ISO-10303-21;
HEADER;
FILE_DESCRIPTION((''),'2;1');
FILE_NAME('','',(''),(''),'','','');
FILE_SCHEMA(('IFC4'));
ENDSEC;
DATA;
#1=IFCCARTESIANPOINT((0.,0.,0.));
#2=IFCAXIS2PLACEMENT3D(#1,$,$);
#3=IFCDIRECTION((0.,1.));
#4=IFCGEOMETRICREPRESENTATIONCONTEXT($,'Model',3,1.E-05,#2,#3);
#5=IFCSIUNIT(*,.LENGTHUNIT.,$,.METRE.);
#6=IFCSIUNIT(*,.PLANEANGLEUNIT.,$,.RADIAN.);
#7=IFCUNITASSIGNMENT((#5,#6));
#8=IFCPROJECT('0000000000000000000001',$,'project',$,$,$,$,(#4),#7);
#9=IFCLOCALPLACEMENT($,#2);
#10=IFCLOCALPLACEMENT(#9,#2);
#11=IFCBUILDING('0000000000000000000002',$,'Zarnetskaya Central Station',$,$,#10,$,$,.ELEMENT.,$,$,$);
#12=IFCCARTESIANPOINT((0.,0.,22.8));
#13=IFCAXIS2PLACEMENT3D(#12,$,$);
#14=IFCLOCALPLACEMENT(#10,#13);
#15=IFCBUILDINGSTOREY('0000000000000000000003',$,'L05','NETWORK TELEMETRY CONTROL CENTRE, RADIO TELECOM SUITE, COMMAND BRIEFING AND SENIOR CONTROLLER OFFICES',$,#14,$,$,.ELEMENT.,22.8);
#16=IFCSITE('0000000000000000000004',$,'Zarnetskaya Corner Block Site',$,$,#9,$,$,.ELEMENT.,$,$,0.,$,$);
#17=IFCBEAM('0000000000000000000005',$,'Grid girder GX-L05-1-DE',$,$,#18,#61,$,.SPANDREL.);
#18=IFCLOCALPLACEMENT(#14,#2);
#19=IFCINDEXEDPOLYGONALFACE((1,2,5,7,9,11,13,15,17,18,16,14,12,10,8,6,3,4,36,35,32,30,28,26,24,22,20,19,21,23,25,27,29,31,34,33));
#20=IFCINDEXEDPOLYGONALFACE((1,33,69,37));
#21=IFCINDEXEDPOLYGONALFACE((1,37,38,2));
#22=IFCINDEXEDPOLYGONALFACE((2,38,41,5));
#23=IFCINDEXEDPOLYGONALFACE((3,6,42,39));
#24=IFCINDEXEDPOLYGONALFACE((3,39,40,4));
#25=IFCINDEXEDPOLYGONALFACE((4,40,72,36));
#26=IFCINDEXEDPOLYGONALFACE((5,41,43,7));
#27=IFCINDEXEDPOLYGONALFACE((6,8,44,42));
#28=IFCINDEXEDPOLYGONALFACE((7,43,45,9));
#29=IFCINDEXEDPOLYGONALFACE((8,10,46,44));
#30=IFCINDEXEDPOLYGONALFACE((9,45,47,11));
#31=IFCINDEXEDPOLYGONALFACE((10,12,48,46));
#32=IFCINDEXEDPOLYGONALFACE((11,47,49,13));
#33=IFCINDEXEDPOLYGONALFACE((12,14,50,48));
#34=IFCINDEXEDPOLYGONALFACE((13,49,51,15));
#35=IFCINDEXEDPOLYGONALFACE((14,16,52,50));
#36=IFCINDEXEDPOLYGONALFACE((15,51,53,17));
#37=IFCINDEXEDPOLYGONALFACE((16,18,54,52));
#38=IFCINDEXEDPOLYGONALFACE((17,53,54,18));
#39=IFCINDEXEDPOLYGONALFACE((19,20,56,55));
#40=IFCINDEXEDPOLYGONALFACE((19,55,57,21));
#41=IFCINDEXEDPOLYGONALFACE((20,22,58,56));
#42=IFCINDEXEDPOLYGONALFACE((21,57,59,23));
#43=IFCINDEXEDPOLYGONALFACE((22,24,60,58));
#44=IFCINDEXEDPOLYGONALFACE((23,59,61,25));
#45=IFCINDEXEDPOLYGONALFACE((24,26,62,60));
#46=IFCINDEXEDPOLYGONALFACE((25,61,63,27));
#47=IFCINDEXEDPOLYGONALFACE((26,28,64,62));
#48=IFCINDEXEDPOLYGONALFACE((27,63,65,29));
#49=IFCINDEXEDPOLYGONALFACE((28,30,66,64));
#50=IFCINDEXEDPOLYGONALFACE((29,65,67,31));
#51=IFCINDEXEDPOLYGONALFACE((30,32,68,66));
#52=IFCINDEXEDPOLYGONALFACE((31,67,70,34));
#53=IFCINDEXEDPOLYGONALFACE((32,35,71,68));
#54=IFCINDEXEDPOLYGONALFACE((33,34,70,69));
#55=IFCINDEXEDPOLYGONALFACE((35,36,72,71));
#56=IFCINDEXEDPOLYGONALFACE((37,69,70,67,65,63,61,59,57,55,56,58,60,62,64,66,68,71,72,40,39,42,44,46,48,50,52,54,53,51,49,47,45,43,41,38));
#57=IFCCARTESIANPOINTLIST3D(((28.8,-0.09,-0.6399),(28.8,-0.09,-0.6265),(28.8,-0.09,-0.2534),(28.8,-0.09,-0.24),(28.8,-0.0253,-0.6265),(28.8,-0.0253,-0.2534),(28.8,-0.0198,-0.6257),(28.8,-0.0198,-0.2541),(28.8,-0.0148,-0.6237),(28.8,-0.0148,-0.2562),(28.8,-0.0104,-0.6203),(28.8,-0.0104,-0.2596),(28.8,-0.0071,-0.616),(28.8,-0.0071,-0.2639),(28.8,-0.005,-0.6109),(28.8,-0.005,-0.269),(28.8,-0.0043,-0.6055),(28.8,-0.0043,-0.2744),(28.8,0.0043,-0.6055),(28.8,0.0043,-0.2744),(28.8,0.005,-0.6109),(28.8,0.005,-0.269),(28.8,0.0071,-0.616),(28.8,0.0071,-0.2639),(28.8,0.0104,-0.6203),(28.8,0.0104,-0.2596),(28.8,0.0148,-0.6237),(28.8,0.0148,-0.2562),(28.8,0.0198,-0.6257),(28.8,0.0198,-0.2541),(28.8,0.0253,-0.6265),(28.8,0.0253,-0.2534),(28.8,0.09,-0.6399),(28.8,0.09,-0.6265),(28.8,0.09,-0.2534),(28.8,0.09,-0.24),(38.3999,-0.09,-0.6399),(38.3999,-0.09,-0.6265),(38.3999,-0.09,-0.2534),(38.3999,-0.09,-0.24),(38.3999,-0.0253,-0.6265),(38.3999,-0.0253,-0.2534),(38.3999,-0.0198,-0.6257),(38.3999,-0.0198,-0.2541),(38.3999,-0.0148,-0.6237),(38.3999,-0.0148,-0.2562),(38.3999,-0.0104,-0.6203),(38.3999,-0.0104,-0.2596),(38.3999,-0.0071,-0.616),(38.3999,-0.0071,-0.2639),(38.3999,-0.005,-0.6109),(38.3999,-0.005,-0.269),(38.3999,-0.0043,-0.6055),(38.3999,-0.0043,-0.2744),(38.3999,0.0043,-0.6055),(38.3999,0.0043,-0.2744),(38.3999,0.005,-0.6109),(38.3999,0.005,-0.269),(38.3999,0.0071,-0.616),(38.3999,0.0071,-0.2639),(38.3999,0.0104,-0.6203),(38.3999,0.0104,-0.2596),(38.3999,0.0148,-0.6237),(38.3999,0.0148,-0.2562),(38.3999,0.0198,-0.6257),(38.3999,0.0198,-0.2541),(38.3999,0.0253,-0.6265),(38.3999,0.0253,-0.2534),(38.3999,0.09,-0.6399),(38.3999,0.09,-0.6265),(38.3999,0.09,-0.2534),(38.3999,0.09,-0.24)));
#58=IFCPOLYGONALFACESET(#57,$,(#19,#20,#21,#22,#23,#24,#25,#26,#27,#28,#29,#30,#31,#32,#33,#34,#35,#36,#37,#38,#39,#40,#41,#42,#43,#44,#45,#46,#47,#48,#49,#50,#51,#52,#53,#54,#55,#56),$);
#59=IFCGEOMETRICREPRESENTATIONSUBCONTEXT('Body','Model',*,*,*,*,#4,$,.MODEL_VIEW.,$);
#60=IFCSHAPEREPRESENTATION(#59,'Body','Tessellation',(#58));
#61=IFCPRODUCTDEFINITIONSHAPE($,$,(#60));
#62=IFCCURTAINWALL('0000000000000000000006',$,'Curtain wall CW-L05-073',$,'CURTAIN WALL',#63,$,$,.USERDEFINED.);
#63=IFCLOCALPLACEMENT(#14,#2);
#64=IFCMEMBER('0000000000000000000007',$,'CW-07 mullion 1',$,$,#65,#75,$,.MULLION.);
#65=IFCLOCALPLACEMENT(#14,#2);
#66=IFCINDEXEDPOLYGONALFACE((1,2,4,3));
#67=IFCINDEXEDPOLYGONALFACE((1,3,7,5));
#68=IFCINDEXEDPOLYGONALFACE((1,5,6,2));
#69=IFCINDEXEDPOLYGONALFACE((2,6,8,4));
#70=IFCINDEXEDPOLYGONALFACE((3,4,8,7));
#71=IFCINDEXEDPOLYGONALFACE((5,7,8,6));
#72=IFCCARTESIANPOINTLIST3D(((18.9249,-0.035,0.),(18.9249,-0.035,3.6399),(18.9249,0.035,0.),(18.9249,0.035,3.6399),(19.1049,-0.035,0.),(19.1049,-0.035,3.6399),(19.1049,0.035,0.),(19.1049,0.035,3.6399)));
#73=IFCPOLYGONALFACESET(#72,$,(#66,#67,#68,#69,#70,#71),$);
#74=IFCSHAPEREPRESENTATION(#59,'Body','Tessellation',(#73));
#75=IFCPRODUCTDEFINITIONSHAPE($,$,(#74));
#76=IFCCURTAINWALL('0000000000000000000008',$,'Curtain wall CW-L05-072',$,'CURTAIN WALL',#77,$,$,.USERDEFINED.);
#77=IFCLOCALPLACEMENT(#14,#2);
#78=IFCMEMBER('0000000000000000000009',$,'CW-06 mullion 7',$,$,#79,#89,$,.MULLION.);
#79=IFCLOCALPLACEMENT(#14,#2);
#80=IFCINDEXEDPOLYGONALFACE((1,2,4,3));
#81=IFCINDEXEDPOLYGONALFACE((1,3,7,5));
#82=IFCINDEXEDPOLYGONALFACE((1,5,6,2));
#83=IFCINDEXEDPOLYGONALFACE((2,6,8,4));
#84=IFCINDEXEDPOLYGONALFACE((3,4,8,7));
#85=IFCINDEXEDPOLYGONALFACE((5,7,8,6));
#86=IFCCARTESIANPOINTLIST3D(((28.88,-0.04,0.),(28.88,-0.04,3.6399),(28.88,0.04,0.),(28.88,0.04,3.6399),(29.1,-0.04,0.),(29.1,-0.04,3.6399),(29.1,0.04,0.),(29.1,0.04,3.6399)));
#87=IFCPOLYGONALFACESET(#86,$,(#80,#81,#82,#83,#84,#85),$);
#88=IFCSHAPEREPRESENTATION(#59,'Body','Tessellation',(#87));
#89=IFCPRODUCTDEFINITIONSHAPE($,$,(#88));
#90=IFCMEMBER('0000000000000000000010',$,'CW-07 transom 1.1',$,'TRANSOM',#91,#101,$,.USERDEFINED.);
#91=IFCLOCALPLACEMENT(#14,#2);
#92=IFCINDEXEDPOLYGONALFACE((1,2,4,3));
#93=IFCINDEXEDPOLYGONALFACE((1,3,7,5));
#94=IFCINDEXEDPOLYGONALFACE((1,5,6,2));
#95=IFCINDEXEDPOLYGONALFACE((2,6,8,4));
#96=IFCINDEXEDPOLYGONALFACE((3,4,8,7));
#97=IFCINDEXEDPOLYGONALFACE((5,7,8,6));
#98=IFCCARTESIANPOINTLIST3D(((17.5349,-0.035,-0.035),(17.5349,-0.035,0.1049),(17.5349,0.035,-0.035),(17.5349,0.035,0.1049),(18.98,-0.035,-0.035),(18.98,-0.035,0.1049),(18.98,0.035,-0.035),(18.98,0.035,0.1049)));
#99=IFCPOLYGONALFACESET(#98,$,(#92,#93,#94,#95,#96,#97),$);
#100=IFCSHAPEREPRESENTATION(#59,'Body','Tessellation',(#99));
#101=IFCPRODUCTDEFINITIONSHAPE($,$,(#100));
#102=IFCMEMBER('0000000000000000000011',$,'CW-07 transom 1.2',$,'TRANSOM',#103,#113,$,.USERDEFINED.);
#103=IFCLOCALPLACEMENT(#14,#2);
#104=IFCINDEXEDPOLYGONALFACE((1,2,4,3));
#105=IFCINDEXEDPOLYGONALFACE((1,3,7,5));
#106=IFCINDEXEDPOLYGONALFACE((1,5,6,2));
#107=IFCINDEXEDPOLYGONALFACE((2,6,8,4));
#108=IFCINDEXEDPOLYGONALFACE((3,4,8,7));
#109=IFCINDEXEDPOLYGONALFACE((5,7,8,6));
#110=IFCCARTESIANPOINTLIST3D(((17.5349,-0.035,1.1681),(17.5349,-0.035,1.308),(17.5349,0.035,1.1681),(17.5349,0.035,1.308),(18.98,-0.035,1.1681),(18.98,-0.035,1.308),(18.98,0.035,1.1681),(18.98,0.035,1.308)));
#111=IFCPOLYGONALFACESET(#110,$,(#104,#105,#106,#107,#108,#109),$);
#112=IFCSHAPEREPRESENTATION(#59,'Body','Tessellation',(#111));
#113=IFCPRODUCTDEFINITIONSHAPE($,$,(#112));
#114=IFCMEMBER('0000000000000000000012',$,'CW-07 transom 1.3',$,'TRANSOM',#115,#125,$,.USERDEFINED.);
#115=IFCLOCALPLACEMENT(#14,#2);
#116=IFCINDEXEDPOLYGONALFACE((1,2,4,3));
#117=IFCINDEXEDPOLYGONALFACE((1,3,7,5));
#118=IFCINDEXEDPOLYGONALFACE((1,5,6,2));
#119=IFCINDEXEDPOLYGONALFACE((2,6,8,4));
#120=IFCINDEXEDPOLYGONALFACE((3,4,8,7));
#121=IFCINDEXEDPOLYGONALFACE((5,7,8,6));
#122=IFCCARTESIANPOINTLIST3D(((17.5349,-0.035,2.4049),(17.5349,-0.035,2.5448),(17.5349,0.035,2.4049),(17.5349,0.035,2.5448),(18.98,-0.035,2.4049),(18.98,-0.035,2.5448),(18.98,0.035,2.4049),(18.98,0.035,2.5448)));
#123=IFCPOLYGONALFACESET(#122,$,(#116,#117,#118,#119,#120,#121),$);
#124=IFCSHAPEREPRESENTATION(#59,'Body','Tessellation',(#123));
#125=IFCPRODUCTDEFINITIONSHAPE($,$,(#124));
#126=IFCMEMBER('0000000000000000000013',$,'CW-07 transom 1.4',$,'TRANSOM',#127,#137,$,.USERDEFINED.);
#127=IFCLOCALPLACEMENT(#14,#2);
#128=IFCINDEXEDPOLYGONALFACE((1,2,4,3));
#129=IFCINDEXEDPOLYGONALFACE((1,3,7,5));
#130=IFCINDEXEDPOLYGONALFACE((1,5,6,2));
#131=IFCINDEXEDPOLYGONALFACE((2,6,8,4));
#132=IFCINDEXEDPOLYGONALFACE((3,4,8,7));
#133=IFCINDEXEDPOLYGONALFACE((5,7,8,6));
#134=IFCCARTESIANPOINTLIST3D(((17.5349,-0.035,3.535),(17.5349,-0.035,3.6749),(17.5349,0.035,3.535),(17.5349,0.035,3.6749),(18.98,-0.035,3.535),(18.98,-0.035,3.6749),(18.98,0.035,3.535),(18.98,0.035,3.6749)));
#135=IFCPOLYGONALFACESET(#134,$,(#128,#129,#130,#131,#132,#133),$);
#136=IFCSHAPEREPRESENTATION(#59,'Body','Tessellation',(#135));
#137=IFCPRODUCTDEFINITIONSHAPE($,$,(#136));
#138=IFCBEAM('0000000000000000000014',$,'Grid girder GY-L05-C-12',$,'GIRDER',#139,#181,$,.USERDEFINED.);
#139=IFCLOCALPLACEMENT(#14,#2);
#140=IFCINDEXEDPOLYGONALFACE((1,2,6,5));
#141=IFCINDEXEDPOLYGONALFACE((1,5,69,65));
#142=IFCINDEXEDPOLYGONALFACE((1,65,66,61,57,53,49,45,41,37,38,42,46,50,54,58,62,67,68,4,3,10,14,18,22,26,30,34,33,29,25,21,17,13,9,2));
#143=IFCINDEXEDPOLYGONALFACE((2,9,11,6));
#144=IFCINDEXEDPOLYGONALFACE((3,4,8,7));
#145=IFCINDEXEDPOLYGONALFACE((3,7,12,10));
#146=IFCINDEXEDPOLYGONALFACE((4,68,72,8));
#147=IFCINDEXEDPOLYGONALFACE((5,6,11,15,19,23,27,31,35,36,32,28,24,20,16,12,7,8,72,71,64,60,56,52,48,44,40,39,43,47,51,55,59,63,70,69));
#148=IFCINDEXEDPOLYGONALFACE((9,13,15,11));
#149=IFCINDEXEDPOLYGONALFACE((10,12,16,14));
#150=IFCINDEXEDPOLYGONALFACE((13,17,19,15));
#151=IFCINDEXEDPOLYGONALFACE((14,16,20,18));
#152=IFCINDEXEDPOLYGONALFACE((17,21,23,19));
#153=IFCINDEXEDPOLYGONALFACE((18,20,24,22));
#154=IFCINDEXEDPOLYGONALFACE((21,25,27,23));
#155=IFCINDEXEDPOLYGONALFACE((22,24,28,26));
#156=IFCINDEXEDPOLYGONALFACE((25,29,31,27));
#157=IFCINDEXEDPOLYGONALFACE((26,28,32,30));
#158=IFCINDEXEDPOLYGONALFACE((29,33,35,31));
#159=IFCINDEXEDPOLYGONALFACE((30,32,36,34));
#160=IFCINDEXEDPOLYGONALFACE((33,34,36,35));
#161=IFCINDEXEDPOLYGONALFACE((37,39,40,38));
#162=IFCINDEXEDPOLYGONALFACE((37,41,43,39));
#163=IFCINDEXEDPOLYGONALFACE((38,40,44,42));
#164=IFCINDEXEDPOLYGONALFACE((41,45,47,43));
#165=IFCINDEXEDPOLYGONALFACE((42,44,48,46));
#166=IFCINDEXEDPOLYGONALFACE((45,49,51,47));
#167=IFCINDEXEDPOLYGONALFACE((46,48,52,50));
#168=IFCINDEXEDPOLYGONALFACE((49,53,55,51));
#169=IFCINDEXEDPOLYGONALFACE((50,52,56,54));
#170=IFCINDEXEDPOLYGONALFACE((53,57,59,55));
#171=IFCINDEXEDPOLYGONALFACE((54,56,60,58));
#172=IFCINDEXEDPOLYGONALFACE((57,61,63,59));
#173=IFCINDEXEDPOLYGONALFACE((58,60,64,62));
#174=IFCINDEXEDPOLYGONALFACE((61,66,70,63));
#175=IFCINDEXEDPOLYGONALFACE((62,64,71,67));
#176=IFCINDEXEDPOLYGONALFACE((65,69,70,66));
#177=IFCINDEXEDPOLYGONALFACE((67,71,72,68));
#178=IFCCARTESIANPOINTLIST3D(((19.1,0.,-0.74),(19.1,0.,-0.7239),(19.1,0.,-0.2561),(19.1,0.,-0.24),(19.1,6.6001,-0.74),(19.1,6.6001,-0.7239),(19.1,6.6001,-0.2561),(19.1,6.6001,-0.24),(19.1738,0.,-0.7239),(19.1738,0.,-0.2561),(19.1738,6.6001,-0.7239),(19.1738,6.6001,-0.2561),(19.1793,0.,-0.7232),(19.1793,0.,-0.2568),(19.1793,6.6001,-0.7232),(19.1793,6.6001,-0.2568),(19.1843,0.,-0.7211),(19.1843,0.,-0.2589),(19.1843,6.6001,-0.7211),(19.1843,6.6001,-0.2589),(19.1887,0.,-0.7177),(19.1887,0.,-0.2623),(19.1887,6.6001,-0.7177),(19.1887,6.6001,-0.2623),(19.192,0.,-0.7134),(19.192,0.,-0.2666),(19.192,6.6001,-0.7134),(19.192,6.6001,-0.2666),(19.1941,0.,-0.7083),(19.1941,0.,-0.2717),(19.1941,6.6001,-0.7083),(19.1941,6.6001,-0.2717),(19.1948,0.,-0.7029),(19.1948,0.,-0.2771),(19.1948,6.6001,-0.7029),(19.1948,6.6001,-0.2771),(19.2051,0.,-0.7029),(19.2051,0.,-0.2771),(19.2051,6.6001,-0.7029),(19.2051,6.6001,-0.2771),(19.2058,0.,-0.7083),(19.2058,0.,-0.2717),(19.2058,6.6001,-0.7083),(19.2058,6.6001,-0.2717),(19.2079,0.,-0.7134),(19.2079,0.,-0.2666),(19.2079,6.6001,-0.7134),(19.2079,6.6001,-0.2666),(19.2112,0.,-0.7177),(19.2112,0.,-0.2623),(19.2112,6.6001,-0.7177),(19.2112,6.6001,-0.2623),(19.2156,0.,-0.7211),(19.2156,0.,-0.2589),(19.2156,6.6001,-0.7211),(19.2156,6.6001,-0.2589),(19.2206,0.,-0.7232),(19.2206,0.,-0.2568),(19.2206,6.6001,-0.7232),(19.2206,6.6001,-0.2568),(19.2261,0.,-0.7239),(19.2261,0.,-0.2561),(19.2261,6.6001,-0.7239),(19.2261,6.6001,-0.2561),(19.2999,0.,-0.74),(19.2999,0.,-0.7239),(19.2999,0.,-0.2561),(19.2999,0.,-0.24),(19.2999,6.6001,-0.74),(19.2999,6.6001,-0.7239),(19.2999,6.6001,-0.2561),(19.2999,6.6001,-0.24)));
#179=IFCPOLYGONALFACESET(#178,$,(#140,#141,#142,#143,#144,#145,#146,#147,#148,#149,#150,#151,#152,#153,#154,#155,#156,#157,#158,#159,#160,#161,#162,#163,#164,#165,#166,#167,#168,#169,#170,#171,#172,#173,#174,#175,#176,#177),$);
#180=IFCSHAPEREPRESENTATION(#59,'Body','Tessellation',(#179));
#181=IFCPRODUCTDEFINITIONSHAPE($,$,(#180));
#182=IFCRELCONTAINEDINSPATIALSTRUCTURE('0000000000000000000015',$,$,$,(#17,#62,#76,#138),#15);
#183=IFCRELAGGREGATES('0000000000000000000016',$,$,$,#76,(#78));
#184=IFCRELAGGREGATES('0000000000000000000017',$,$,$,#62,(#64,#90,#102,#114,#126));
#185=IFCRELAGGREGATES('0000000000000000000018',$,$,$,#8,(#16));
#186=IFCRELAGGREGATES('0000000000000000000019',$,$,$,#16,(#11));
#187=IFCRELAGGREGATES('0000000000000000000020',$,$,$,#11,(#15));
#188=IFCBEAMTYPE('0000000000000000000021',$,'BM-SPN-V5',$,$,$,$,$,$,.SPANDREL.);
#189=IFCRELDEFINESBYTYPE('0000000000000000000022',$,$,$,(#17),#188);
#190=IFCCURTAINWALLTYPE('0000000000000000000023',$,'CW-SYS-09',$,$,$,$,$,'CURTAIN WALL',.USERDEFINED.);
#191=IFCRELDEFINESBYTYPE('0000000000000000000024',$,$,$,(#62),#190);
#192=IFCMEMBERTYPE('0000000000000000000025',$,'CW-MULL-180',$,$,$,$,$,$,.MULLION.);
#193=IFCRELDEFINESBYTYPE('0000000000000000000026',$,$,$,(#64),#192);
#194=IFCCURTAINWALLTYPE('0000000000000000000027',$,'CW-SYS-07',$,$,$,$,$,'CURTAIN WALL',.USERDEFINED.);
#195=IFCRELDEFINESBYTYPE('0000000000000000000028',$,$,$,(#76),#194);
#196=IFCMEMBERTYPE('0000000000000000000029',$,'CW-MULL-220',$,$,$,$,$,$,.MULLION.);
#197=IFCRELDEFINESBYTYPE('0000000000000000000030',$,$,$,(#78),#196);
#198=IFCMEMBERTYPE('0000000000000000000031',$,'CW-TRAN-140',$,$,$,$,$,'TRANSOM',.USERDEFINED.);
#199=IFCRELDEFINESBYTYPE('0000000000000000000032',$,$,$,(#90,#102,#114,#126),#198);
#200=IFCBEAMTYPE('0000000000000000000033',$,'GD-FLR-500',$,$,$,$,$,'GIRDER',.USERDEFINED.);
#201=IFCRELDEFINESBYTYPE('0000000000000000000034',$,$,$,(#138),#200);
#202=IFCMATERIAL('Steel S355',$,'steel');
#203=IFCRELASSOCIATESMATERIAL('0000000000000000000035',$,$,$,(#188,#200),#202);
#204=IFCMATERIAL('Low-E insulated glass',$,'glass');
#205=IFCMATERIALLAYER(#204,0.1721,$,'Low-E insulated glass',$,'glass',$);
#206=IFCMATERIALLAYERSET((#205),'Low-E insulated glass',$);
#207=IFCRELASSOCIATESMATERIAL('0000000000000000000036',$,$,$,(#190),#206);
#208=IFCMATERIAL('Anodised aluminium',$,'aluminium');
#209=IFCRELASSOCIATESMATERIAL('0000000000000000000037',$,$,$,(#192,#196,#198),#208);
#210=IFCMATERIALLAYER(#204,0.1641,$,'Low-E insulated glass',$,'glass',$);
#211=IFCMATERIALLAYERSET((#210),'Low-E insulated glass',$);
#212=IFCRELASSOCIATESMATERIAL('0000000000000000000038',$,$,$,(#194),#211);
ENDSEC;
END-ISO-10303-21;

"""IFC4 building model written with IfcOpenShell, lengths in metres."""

from ifc_helpers import new_model, si_unit, direction, frame, origin, origin_2d, place, context, subcontext, project, spatial, rectangle, i_section, extrude, material, layer, layer_set, material_profile, profile_set, type_object, element, aggregate, save


model = new_model("IFC4")

# Units and contexts
model_context = context("Model", 3, precision=1e-05, world=origin(), true_north=direction((0.0, 1.0)))
body_context = subcontext(model_context, "Body", "Model", "MODEL_VIEW")
ifc_project = project(units=[si_unit("LENGTHUNIT", "METRE"), si_unit("PLANEANGLEUNIT", "RADIAN")], contexts=[model_context])

# Site, building, storey
site_placement = place(None, origin())
site = spatial("IfcSite", under=ifc_project, at=site_placement, Name="Zarnetskaya Corner Block Site", CompositionType="ELEMENT", RefElevation=0.0)
building_placement = place(site_placement, origin())
building = spatial("IfcBuilding", under=site, at=building_placement, Name="Zarnetskaya Central Station", CompositionType="ELEMENT")
storey_placement = place(building_placement, frame((0.0, 0.0, 22.8)))
storey = spatial("IfcBuildingStorey", under=building, at=storey_placement, Name="L05", Description="NETWORK TELEMETRY CONTROL CENTRE, RADIO TELECOM SUITE, COMMAND BRIEFING AND SENIOR CONTROLLER OFFICES", CompositionType="ELEMENT", Elevation=22.8)

# Shared definitions
ifc_material_1 = material(Name="Steel S355", Category="steel")

# Beam
ifc_material_profile_1 = material_profile(ifc_material_1, i_section(OverallWidth=0.1799, OverallDepth=0.3999, WebThickness=0.0085, FlangeThickness=0.0134, FilletRadius=0.021, at=origin_2d()), Name="IPE 400")
ifc_profile_set_1 = profile_set([ifc_material_profile_1], Name="Steel S355")
beam_type_1 = type_object("IfcBeamType", Name="BM-SPN-V5", PredefinedType="SPANDREL", material=ifc_profile_set_1)
beam_1_placement = place(storey_placement, frame((28.8, 0.0, -0.4399), z_axis=(1.0, 0.0, 0.0), x_axis=(0.0, 1.0, 0.0)))
element("IfcBeam", 1, at=beam_1_placement, inside=storey, type_object=beam_type_1, Name="Grid girder GX-L05-1-DE", PredefinedType="SPANDREL", context=body_context, shape_type="SweptSolid", body=[
    extrude(i_section(OverallWidth=0.1799, OverallDepth=0.3999, WebThickness=0.0085, FlangeThickness=0.0134, FilletRadius=0.021, at=origin_2d()), origin(), (0.0, 0.0, 1.0), 9.5999),
])

# Curtain walls, members
ifc_material_2 = material(Name="Low-E insulated glass", Category="glass")
ifc_layer_1 = layer(ifc_material_2, 0.1721, Name="Low-E insulated glass", Category="glass")
ifc_layer_set_1 = layer_set([ifc_layer_1], Name="Low-E insulated glass")
curtain_wall_type_1 = type_object("IfcCurtainWallType", Name="CW-SYS-09", ElementType="CURTAIN WALL", PredefinedType="USERDEFINED", material=ifc_layer_set_1)
curtain_wall_1_placement = place(storey_placement, origin())
curtain_wall_1 = element("IfcCurtainWall", 2, at=curtain_wall_1_placement, inside=storey, type_object=curtain_wall_type_1, Name="Curtain wall CW-L05-073", ObjectType="CURTAIN WALL", PredefinedType="USERDEFINED")
ifc_material_3 = material(Name="Anodised aluminium", Category="aluminium")
ifc_material_profile_2 = material_profile(ifc_material_3, rectangle(XDim=0.0701, YDim=0.1799, at=origin_2d()), Name="ALU MULL 70x180")
ifc_profile_set_2 = profile_set([ifc_material_profile_2], Name="Anodised aluminium")
member_type_1 = type_object("IfcMemberType", Name="CW-MULL-180", PredefinedType="MULLION", material=ifc_profile_set_2)
member_1_placement = place(storey_placement, frame((19.0149, 0.0, 0.0), z_axis=(0.0, 0.0, 1.0), x_axis=(0.0, -1.0, 0.0)))
member_1 = element("IfcMember", 3, at=member_1_placement, type_object=member_type_1, Name="CW-07 mullion 1", PredefinedType="MULLION", context=body_context, shape_type="SweptSolid", body=[
    extrude(rectangle(XDim=0.0701, YDim=0.1799, at=origin_2d()), origin(), (0.0, 0.0, 1.0), 3.6399),
])
ifc_layer_2 = layer(ifc_material_2, 0.1641, Name="Low-E insulated glass", Category="glass")
ifc_layer_set_2 = layer_set([ifc_layer_2], Name="Low-E insulated glass")
curtain_wall_type_2 = type_object("IfcCurtainWallType", Name="CW-SYS-07", ElementType="CURTAIN WALL", PredefinedType="USERDEFINED", material=ifc_layer_set_2)
curtain_wall_2_placement = place(storey_placement, origin())
curtain_wall_2 = element("IfcCurtainWall", 4, at=curtain_wall_2_placement, inside=storey, type_object=curtain_wall_type_2, Name="Curtain wall CW-L05-072", ObjectType="CURTAIN WALL", PredefinedType="USERDEFINED")
ifc_material_profile_3 = material_profile(ifc_material_3, rectangle(XDim=0.0801, YDim=0.22, at=origin_2d()), Name="ALU MULL 80x220")
ifc_profile_set_3 = profile_set([ifc_material_profile_3], Name="Anodised aluminium")
member_type_2 = type_object("IfcMemberType", Name="CW-MULL-220", PredefinedType="MULLION", material=ifc_profile_set_3)
member_2_placement = place(storey_placement, frame((28.99, 0.0, 0.0), z_axis=(0.0, 0.0, 1.0), x_axis=(0.0, -1.0, 0.0)))
member_2 = element("IfcMember", 5, at=member_2_placement, type_object=member_type_2, Name="CW-06 mullion 7", PredefinedType="MULLION", context=body_context, shape_type="SweptSolid", body=[
    extrude(rectangle(XDim=0.0801, YDim=0.22, at=origin_2d()), origin(), (0.0, 0.0, 1.0), 3.6399),
])
aggregate(curtain_wall_2, [member_2])

# Members
ifc_material_profile_4 = material_profile(ifc_material_3, rectangle(XDim=0.0701, YDim=0.1399, at=origin_2d()), Name="ALU TRAN 70x140")
ifc_profile_set_4 = profile_set([ifc_material_profile_4], Name="Anodised aluminium")
member_type_3 = type_object("IfcMemberType", Name="CW-TRAN-140", ElementType="TRANSOM", PredefinedType="USERDEFINED", material=ifc_profile_set_4)
member_3_placement = place(storey_placement, frame((18.98, 0.0, 0.0349), z_axis=(-1.0, 0.0, 0.0), x_axis=(0.0, -1.0, 0.0)))
member_3 = element("IfcMember", 6, at=member_3_placement, type_object=member_type_3, Name="CW-07 transom 1.1", ObjectType="TRANSOM", PredefinedType="USERDEFINED", context=body_context, shape_type="SweptSolid", body=[
    extrude(rectangle(XDim=0.0701, YDim=0.1399, at=origin_2d()), origin(), (0.0, 0.0, 1.0), 1.4451),
])
member_4_placement = place(storey_placement, frame((18.98, 0.0, 1.238), z_axis=(-1.0, 0.0, 0.0), x_axis=(0.0, -1.0, 0.0)))
member_4 = element("IfcMember", 7, at=member_4_placement, type_object=member_type_3, Name="CW-07 transom 1.2", ObjectType="TRANSOM", PredefinedType="USERDEFINED", context=body_context, shape_type="SweptSolid", body=[
    extrude(rectangle(XDim=0.0701, YDim=0.1399, at=origin_2d()), origin(), (0.0, 0.0, 1.0), 1.4451),
])
member_5_placement = place(storey_placement, frame((18.98, 0.0, 2.4749), z_axis=(-1.0, 0.0, 0.0), x_axis=(0.0, -1.0, 0.0)))
member_5 = element("IfcMember", 8, at=member_5_placement, type_object=member_type_3, Name="CW-07 transom 1.3", ObjectType="TRANSOM", PredefinedType="USERDEFINED", context=body_context, shape_type="SweptSolid", body=[
    extrude(rectangle(XDim=0.0701, YDim=0.1399, at=origin_2d()), origin(), (0.0, 0.0, 1.0), 1.4451),
])
member_6_placement = place(storey_placement, frame((18.98, 0.0, 3.605), z_axis=(-1.0, 0.0, 0.0), x_axis=(0.0, -1.0, 0.0)))
member_6 = element("IfcMember", 9, at=member_6_placement, type_object=member_type_3, Name="CW-07 transom 1.4", ObjectType="TRANSOM", PredefinedType="USERDEFINED", context=body_context, shape_type="SweptSolid", body=[
    extrude(rectangle(XDim=0.0701, YDim=0.1399, at=origin_2d()), origin(), (0.0, 0.0, 1.0), 1.4451),
])
aggregate(curtain_wall_1, [member_1, member_3, member_4, member_5, member_6])

# Beam
ifc_material_profile_5 = material_profile(ifc_material_1, i_section(OverallWidth=0.2, OverallDepth=0.5, WebThickness=0.0103, FlangeThickness=0.0161, FilletRadius=0.021, at=origin_2d()), Name="IPE 500")
ifc_profile_set_5 = profile_set([ifc_material_profile_5], Name="Steel S355")
beam_type_2 = type_object("IfcBeamType", Name="GD-FLR-500", ElementType="GIRDER", PredefinedType="USERDEFINED", material=ifc_profile_set_5)
beam_2_placement = place(storey_placement, frame((19.2, 0.0, -0.49), z_axis=(0.0, 1.0, 0.0), x_axis=(-1.0, 0.0, 0.0)))
element("IfcBeam", 10, at=beam_2_placement, inside=storey, type_object=beam_type_2, Name="Grid girder GY-L05-C-12", ObjectType="GIRDER", PredefinedType="USERDEFINED", context=body_context, shape_type="SweptSolid", body=[
    extrude(i_section(OverallWidth=0.2, OverallDepth=0.5, WebThickness=0.0103, FlangeThickness=0.0161, FilletRadius=0.021, at=origin_2d()), origin(), (0.0, 0.0, 1.0), 6.6001),
])

save(model, "model.ifc")
